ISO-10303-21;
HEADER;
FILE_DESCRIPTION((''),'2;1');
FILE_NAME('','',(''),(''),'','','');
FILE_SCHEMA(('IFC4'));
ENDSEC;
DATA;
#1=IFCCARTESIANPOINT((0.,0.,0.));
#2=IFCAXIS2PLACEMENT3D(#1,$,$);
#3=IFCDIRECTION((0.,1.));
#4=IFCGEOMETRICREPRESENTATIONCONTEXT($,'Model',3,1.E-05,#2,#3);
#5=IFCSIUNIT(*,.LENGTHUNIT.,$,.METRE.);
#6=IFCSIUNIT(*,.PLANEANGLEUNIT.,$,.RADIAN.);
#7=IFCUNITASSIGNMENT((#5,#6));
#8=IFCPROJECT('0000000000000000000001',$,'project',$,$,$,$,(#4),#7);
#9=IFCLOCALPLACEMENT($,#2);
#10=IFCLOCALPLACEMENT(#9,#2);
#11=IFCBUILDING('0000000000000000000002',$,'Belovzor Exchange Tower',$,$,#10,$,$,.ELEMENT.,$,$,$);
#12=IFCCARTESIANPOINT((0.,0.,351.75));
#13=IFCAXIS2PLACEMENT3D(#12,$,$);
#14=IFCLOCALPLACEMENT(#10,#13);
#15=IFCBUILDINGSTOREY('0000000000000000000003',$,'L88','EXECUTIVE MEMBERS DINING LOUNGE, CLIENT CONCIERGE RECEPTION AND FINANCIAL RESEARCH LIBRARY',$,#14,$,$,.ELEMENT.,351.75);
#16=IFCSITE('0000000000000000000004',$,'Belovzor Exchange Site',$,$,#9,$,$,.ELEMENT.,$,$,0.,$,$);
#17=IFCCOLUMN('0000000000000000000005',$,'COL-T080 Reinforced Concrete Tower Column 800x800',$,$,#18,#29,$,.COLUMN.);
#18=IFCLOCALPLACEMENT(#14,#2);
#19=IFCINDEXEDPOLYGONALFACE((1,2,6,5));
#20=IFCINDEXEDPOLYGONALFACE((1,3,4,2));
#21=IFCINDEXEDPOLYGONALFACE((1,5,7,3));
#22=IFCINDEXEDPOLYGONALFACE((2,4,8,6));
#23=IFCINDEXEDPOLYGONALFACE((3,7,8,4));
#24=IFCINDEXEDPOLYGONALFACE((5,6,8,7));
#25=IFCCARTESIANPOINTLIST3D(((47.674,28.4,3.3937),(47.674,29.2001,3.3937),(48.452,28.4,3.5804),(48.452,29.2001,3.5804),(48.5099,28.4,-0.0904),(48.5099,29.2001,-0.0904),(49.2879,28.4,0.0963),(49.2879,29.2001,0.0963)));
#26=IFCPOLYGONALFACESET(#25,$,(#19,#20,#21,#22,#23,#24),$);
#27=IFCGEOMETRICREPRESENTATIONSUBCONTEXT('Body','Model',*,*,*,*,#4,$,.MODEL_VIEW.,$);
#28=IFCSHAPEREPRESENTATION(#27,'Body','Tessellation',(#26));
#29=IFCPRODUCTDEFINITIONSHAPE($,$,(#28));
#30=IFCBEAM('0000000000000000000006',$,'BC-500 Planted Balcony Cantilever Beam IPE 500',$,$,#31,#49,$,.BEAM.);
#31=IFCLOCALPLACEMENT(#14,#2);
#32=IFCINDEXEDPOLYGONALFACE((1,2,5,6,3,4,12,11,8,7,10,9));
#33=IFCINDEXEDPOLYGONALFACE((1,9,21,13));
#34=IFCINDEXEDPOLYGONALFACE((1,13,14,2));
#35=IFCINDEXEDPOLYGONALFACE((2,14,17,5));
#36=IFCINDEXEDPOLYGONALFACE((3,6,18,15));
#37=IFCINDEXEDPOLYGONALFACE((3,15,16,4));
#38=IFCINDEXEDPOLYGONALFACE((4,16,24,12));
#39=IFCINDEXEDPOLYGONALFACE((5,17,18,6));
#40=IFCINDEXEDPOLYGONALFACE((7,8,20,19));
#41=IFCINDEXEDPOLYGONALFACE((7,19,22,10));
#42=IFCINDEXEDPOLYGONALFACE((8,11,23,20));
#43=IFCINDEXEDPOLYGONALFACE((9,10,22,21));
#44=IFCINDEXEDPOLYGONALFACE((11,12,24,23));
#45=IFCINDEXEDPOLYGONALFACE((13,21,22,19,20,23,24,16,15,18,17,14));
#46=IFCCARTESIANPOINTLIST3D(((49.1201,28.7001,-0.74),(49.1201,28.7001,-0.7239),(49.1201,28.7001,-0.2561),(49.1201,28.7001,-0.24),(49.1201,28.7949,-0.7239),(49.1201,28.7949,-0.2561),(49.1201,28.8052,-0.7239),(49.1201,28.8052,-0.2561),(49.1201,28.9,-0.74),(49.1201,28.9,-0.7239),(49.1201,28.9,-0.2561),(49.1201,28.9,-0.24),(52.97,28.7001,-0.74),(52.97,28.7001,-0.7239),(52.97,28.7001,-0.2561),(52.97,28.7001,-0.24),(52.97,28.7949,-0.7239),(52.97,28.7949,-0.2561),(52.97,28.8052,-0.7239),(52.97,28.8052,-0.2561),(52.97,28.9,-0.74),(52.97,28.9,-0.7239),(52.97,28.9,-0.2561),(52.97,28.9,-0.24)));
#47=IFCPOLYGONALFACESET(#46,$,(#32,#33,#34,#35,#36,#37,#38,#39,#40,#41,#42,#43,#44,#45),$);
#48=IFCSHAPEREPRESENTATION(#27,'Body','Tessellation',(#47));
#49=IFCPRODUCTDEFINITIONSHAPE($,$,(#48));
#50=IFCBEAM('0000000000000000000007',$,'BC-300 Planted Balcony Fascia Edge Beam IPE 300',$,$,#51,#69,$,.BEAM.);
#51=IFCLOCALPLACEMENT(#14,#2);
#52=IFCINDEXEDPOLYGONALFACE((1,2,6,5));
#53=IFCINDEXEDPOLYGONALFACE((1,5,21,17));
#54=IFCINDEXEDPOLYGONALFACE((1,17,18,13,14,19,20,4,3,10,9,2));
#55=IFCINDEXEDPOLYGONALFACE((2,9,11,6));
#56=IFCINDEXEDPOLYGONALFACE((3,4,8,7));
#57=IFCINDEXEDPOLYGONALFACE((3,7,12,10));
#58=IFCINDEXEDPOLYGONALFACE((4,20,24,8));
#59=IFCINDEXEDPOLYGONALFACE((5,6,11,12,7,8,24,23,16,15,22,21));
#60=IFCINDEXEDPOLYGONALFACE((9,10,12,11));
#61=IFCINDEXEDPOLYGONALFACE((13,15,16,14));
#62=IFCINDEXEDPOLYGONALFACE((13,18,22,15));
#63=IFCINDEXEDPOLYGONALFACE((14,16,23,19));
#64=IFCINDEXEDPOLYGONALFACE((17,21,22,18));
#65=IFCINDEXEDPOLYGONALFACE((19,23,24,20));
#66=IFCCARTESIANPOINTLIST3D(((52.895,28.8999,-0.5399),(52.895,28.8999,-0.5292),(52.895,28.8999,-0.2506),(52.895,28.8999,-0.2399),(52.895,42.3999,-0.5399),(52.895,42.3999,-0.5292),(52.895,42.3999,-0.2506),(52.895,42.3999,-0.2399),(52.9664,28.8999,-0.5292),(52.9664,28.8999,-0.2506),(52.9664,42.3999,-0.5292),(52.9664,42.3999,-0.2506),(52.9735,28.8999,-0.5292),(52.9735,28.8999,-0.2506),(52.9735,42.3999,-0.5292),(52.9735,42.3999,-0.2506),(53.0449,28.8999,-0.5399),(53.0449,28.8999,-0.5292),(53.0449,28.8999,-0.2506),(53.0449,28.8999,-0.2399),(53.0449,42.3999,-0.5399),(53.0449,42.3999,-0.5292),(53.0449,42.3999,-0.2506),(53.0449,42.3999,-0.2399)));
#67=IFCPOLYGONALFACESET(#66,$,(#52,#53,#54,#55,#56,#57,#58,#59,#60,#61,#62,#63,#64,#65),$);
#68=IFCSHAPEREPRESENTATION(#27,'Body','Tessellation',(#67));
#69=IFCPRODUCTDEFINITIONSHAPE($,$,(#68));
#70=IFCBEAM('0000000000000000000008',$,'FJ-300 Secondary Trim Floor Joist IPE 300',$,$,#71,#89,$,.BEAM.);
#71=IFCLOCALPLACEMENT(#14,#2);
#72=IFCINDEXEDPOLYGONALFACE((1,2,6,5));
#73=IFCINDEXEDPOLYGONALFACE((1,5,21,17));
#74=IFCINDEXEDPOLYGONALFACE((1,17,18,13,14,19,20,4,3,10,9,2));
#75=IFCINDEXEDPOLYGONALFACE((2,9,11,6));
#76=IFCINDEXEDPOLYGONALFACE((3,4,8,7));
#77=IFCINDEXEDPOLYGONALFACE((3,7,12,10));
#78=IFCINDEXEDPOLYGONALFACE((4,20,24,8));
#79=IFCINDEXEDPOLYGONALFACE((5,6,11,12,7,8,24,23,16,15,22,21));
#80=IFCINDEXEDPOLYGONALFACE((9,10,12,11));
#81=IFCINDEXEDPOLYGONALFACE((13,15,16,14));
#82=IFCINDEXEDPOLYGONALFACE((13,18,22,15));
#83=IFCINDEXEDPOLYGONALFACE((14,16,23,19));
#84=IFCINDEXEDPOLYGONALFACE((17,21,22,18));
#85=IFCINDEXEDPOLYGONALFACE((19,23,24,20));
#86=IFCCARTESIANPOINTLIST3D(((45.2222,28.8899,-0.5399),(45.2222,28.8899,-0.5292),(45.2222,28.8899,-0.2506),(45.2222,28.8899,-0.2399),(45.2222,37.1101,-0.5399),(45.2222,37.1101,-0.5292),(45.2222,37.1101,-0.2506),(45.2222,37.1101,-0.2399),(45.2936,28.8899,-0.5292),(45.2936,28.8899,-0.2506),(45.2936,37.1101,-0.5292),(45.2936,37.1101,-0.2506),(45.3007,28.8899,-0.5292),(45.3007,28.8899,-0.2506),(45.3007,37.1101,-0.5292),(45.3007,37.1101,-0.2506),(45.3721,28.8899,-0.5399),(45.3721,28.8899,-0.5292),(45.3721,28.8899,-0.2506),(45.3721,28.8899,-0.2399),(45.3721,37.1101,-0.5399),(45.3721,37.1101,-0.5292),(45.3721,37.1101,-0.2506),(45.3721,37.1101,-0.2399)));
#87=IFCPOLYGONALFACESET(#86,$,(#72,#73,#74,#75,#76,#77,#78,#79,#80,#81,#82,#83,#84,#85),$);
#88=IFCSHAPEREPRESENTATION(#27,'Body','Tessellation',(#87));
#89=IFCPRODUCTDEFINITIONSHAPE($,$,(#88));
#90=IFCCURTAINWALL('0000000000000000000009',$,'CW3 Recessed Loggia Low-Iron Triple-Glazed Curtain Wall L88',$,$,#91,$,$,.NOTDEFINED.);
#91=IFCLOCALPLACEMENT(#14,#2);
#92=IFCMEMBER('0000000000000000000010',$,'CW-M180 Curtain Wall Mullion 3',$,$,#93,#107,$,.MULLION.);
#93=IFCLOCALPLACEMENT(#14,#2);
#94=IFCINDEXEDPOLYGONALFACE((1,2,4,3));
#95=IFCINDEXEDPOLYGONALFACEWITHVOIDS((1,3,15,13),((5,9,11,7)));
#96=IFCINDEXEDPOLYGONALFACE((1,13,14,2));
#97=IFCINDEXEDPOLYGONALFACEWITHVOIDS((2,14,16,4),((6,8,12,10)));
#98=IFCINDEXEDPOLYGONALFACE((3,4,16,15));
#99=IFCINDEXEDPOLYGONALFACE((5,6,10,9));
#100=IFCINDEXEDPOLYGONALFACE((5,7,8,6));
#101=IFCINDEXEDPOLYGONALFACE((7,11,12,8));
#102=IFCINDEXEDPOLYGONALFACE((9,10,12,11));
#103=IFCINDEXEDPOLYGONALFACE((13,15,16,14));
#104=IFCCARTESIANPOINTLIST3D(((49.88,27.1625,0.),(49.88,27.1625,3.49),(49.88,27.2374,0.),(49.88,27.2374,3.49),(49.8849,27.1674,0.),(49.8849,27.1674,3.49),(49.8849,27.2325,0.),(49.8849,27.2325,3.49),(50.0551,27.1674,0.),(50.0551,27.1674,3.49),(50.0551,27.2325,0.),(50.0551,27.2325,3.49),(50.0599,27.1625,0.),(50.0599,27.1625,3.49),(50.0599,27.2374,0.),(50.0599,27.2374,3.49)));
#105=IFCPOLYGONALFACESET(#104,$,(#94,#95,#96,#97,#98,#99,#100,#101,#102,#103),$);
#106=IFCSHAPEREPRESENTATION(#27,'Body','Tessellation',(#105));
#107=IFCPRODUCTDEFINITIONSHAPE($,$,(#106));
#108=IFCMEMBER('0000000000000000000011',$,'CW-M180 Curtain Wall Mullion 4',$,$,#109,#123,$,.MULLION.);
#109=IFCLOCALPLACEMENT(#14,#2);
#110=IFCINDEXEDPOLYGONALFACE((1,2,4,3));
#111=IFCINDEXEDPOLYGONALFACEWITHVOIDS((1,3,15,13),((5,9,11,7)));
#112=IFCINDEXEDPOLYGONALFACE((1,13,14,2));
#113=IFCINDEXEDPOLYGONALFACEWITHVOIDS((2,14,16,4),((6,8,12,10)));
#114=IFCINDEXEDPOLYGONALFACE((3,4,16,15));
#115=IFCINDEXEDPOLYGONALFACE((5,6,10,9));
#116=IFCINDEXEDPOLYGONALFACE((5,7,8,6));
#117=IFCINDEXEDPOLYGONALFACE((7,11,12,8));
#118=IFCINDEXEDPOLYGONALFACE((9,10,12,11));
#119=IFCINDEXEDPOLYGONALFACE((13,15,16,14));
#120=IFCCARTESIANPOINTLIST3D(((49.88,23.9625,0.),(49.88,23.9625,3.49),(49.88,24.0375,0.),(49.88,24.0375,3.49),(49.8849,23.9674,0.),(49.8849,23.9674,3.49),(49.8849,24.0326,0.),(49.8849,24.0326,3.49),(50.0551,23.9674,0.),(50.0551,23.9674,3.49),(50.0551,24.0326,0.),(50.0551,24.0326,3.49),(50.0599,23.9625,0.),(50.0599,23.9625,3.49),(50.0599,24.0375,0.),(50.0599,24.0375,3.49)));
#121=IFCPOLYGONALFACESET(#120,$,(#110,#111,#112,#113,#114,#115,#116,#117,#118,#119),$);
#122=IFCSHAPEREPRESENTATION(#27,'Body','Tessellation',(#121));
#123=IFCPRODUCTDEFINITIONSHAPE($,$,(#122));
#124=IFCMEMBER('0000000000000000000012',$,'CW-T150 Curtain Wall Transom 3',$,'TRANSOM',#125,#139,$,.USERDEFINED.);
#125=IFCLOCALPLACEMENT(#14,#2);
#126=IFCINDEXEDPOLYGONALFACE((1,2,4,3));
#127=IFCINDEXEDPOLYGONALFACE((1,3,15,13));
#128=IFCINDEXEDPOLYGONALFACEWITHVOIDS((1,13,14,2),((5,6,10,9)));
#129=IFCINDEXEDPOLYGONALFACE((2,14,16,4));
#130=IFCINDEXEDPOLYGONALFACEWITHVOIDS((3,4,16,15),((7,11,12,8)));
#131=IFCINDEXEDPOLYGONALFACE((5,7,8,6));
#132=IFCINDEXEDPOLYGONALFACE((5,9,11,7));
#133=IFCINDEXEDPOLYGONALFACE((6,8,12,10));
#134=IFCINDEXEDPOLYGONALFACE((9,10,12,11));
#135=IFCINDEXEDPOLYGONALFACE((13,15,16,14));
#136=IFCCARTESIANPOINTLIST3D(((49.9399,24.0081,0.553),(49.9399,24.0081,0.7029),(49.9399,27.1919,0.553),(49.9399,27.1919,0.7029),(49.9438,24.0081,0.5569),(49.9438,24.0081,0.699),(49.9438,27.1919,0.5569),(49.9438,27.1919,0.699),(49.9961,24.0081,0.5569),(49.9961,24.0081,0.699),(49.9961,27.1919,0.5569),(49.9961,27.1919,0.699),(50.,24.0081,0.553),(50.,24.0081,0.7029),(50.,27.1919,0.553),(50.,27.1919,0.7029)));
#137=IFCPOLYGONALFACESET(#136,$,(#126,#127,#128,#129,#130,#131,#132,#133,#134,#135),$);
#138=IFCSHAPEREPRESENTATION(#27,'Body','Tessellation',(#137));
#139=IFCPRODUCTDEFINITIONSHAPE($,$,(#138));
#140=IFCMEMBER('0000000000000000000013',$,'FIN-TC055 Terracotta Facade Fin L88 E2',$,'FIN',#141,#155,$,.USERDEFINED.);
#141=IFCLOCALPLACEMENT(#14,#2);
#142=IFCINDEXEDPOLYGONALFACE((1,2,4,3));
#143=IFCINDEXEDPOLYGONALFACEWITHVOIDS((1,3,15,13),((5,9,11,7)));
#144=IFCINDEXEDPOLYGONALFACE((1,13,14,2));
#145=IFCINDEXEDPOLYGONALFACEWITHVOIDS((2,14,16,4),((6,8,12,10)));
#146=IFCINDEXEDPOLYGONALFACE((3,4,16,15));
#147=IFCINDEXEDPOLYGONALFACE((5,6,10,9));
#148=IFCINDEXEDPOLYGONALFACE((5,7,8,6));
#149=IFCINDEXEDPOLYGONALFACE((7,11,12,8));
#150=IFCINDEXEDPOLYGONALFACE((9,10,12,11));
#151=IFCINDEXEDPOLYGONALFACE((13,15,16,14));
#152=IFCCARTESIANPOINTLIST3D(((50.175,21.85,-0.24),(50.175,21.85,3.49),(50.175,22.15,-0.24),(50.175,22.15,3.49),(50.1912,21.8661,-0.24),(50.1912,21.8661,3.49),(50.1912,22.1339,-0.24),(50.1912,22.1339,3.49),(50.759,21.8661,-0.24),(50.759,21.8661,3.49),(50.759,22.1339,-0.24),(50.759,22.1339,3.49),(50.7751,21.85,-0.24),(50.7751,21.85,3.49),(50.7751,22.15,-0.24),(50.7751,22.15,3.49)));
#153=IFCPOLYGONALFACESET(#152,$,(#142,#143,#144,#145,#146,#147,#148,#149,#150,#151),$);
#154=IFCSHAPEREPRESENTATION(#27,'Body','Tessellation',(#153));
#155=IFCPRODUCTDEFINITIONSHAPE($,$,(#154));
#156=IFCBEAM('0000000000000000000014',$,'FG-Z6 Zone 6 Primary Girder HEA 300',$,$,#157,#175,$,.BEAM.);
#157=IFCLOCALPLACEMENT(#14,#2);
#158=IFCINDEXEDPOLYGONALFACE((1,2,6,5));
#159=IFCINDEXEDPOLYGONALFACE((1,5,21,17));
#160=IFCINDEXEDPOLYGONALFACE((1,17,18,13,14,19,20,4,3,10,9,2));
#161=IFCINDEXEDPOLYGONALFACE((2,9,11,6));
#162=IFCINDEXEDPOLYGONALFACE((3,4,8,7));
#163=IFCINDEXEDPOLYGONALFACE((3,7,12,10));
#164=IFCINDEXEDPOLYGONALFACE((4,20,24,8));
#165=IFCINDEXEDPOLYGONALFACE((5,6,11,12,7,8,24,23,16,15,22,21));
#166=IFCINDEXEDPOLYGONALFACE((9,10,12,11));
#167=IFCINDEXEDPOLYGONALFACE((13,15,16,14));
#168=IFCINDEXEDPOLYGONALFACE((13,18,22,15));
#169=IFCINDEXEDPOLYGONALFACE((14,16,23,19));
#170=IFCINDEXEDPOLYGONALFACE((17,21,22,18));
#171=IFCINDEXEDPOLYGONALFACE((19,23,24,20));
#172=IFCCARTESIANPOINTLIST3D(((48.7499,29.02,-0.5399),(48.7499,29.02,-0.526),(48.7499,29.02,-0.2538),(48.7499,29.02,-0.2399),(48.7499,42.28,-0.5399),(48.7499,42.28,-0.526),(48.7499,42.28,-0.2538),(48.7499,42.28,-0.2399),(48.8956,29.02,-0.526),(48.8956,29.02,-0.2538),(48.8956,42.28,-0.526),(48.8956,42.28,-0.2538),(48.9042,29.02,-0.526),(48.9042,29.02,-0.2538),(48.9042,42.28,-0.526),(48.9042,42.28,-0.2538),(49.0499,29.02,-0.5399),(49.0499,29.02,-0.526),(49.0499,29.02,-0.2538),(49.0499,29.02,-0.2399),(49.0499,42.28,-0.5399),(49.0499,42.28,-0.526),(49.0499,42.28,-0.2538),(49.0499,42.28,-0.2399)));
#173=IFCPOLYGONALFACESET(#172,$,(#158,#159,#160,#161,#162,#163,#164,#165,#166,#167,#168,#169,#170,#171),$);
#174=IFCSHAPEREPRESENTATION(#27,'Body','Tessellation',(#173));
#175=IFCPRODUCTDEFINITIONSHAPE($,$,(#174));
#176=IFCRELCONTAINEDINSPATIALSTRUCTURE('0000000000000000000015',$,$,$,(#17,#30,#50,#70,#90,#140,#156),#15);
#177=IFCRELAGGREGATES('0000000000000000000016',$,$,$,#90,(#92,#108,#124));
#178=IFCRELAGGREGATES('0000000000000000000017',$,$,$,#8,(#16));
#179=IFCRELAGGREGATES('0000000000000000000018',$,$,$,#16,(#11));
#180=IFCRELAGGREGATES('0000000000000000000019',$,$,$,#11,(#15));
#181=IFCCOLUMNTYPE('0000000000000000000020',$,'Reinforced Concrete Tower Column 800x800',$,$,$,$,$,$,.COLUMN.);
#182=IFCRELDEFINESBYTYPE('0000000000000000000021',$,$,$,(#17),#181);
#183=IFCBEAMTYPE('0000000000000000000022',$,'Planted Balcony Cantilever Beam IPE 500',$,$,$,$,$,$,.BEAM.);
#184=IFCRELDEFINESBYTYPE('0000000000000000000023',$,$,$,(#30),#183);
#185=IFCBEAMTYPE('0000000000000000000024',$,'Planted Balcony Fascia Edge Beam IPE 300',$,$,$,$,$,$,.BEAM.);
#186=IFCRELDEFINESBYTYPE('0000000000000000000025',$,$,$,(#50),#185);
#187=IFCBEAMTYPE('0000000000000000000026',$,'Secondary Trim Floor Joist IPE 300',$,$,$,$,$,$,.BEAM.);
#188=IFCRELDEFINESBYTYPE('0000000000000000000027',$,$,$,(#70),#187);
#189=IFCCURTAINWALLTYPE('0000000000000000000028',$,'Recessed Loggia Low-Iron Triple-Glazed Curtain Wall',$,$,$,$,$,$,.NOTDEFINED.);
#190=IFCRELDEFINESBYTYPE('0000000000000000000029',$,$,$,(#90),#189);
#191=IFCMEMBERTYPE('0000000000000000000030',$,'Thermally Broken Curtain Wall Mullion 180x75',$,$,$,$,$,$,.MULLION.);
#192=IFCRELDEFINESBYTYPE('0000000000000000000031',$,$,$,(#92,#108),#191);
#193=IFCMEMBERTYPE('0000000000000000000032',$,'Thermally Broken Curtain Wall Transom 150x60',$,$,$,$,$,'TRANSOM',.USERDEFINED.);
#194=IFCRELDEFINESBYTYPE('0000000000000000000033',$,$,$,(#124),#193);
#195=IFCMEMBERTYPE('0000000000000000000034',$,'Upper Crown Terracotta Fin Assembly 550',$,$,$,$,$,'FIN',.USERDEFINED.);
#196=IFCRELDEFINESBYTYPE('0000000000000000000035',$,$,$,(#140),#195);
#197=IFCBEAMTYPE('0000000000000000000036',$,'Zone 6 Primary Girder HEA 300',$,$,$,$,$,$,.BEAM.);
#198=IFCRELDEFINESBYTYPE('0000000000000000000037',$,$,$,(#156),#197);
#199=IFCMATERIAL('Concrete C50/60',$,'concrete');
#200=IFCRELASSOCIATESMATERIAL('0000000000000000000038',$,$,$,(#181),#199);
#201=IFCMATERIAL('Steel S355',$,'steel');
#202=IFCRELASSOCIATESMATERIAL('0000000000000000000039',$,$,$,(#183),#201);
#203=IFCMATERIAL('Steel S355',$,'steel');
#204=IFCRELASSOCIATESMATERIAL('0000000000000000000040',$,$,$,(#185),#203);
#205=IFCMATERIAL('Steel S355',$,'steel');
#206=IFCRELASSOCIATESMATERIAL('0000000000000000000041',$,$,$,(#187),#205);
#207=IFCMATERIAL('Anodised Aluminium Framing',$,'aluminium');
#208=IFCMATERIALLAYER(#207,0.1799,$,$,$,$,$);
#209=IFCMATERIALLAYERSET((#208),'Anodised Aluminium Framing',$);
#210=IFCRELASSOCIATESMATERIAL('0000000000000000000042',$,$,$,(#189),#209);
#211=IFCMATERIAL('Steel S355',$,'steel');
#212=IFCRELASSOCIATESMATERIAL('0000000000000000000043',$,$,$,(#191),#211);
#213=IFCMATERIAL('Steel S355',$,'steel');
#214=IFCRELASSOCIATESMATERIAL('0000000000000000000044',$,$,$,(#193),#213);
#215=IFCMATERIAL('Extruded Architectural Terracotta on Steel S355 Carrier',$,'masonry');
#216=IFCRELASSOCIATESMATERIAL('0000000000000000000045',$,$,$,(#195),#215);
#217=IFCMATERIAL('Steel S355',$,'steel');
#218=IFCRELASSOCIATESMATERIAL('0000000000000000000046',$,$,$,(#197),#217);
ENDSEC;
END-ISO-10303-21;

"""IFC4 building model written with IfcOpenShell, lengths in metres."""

from ifc_helpers import new_model, si_unit, direction, frame, origin, origin_2d, place, context, subcontext, project, spatial, rectangle, hollow_rectangle, i_section, extrude, material, layer, layer_set, material_profile, profile_set, type_object, element, aggregate, save


model = new_model("IFC4")

# Units and contexts
model_context = context("Model", 3, precision=1e-05, world=origin(), true_north=direction((0.0, 1.0)))
body_context = subcontext(model_context, "Body", "Model", "MODEL_VIEW")
ifc_project = project(units=[si_unit("LENGTHUNIT", "METRE"), si_unit("PLANEANGLEUNIT", "RADIAN")], contexts=[model_context])

# Site, building, storey
site_placement = place(None, origin())
site = spatial("IfcSite", under=ifc_project, at=site_placement, Name="Belovzor Exchange Site", CompositionType="ELEMENT", RefElevation=0.0)
building_placement = place(site_placement, origin())
building = spatial("IfcBuilding", under=site, at=building_placement, Name="Belovzor Exchange Tower", CompositionType="ELEMENT")
storey_placement = place(building_placement, frame((0.0, 0.0, 351.75)))
storey = spatial("IfcBuildingStorey", under=building, at=storey_placement, Name="L88", Description="EXECUTIVE MEMBERS DINING LOUNGE, CLIENT CONCIERGE RECEPTION AND FINANCIAL RESEARCH LIBRARY", CompositionType="ELEMENT", Elevation=351.75)

# Column
ifc_material_1 = material(Name="Concrete C50/60", Category="concrete")
ifc_material_profile_1 = material_profile(ifc_material_1, rectangle(XDim=0.8, YDim=0.8, at=origin_2d()))
ifc_profile_set_1 = profile_set([ifc_material_profile_1], Name="Concrete C50/60")
column_type = type_object("IfcColumnType", Name="Reinforced Concrete Tower Column 800x800", PredefinedType="COLUMN", material=ifc_profile_set_1)
column_placement = place(storey_placement, frame((48.8989, 28.8, 0.0029), z_axis=(-0.233306, 0.0, 0.972403), x_axis=(0.0, -1.0, 0.0)))
element("IfcColumn", 1, at=column_placement, inside=storey, type_object=column_type, Name="COL-T080 Reinforced Concrete Tower Column 800x800", PredefinedType="COLUMN", context=body_context, shape_type="SweptSolid", body=[
    extrude(rectangle(XDim=0.8, YDim=0.8, at=origin_2d()), origin(), (0.0, 0.0, 1.0), 3.583),
])

# Beams
ifc_material_2 = material(Name="Steel S355", Category="steel")
ifc_material_profile_2 = material_profile(ifc_material_2, i_section(OverallWidth=0.2, OverallDepth=0.5, WebThickness=0.0103, FlangeThickness=0.0161, at=origin_2d()))
ifc_profile_set_2 = profile_set([ifc_material_profile_2], Name="Steel S355")
beam_type_1 = type_object("IfcBeamType", Name="Planted Balcony Cantilever Beam IPE 500", PredefinedType="BEAM", material=ifc_profile_set_2)
beam_1_placement = place(storey_placement, frame((49.1201, 28.8, -0.49), z_axis=(1.0, 0.0, 0.0), x_axis=(0.0, 1.0, 0.0)))
element("IfcBeam", 2, at=beam_1_placement, inside=storey, type_object=beam_type_1, Name="BC-500 Planted Balcony Cantilever Beam IPE 500", PredefinedType="BEAM", context=body_context, shape_type="SweptSolid", body=[
    extrude(i_section(OverallWidth=0.2, OverallDepth=0.5, WebThickness=0.0103, FlangeThickness=0.0161, at=origin_2d()), origin(), (0.0, 0.0, 1.0), 3.8499),
])
ifc_material_3 = material(Name="Steel S355", Category="steel")
ifc_material_profile_3 = material_profile(ifc_material_3, i_section(OverallWidth=0.1499, OverallDepth=0.3, WebThickness=0.0071, FlangeThickness=0.0107, at=origin_2d()))
ifc_profile_set_3 = profile_set([ifc_material_profile_3], Name="Steel S355")
beam_type_2 = type_object("IfcBeamType", Name="Planted Balcony Fascia Edge Beam IPE 300", PredefinedType="BEAM", material=ifc_profile_set_3)
beam_2_placement = place(storey_placement, frame((52.97, 28.8999, -0.3899), z_axis=(0.0, 1.0, 0.0), x_axis=(-1.0, 0.0, 0.0)))
element("IfcBeam", 3, at=beam_2_placement, inside=storey, type_object=beam_type_2, Name="BC-300 Planted Balcony Fascia Edge Beam IPE 300", PredefinedType="BEAM", context=body_context, shape_type="SweptSolid", body=[
    extrude(i_section(OverallWidth=0.1499, OverallDepth=0.3, WebThickness=0.0071, FlangeThickness=0.0107, at=origin_2d()), origin(), (0.0, 0.0, 1.0), 13.5),
])
ifc_material_4 = material(Name="Steel S355", Category="steel")
ifc_material_profile_4 = material_profile(ifc_material_4, i_section(OverallWidth=0.1499, OverallDepth=0.3, WebThickness=0.0071, FlangeThickness=0.0107, at=origin_2d()))
ifc_profile_set_4 = profile_set([ifc_material_profile_4], Name="Steel S355")
beam_type_3 = type_object("IfcBeamType", Name="Secondary Trim Floor Joist IPE 300", PredefinedType="BEAM", material=ifc_profile_set_4)
beam_3_placement = place(storey_placement, frame((45.2971, 28.8899, -0.3899), z_axis=(0.0, 1.0, 0.0), x_axis=(-1.0, 0.0, 0.0)))
element("IfcBeam", 4, at=beam_3_placement, inside=storey, type_object=beam_type_3, Name="FJ-300 Secondary Trim Floor Joist IPE 300", PredefinedType="BEAM", context=body_context, shape_type="SweptSolid", body=[
    extrude(i_section(OverallWidth=0.1499, OverallDepth=0.3, WebThickness=0.0071, FlangeThickness=0.0107, at=origin_2d()), origin(), (0.0, 0.0, 1.0), 8.2202),
])

# Curtain wall, members
ifc_material_5 = material(Name="Anodised Aluminium Framing", Category="aluminium")
ifc_layer_1 = layer(ifc_material_5, 0.1799)
ifc_layer_set_1 = layer_set([ifc_layer_1], Name="Anodised Aluminium Framing")
curtain_wall_type = type_object("IfcCurtainWallType", Name="Recessed Loggia Low-Iron Triple-Glazed Curtain Wall", PredefinedType="NOTDEFINED", material=ifc_layer_set_1)
curtain_wall_placement = place(storey_placement, origin())
curtain_wall = element("IfcCurtainWall", 5, at=curtain_wall_placement, inside=storey, type_object=curtain_wall_type, Name="CW3 Recessed Loggia Low-Iron Triple-Glazed Curtain Wall L88", PredefinedType="NOTDEFINED")
ifc_material_6 = material(Name="Steel S355", Category="steel")
ifc_material_profile_5 = material_profile(ifc_material_6, hollow_rectangle(XDim=0.075, YDim=0.1799, WallThickness=0.0049, at=origin_2d()))
ifc_profile_set_5 = profile_set([ifc_material_profile_5], Name="Steel S355")
member_type_1 = type_object("IfcMemberType", Name="Thermally Broken Curtain Wall Mullion 180x75", PredefinedType="MULLION", material=ifc_profile_set_5)
member_1_placement = place(storey_placement, frame((49.97, 27.2, 0.0), z_axis=(0.0, 0.0, 1.0), x_axis=(0.0, -1.0, 0.0)))
member_1 = element("IfcMember", 6, at=member_1_placement, type_object=member_type_1, Name="CW-M180 Curtain Wall Mullion 3", PredefinedType="MULLION", context=body_context, shape_type="SweptSolid", body=[
    extrude(hollow_rectangle(XDim=0.075, YDim=0.1799, WallThickness=0.0049, at=origin_2d()), origin(), (0.0, 0.0, 1.0), 3.49),
])
member_2_placement = place(storey_placement, frame((49.97, 24.0, 0.0), z_axis=(0.0, 0.0, 1.0), x_axis=(0.0, -1.0, 0.0)))
member_2 = element("IfcMember", 7, at=member_2_placement, type_object=member_type_1, Name="CW-M180 Curtain Wall Mullion 4", PredefinedType="MULLION", context=body_context, shape_type="SweptSolid", body=[
    extrude(hollow_rectangle(XDim=0.075, YDim=0.1799, WallThickness=0.0049, at=origin_2d()), origin(), (0.0, 0.0, 1.0), 3.49),
])
ifc_material_7 = material(Name="Steel S355", Category="steel")
ifc_material_profile_6 = material_profile(ifc_material_7, hollow_rectangle(XDim=0.0601, YDim=0.1499, WallThickness=0.0039, at=origin_2d()))
ifc_profile_set_6 = profile_set([ifc_material_profile_6], Name="Steel S355")
member_type_2 = type_object("IfcMemberType", Name="Thermally Broken Curtain Wall Transom 150x60", ElementType="TRANSOM", PredefinedType="USERDEFINED", material=ifc_profile_set_6)
member_3_placement = place(storey_placement, frame((49.97, 27.1919, 0.6279), z_axis=(0.0, -1.0, 0.0), x_axis=(1.0, 0.0, 0.0)))
member_3 = element("IfcMember", 8, at=member_3_placement, type_object=member_type_2, Name="CW-T150 Curtain Wall Transom 3", ObjectType="TRANSOM", PredefinedType="USERDEFINED", context=body_context, shape_type="SweptSolid", body=[
    extrude(hollow_rectangle(XDim=0.0601, YDim=0.1499, WallThickness=0.0039, at=origin_2d()), origin(), (0.0, 0.0, 1.0), 3.1838),
])

# Member
ifc_material_8 = material(Name="Extruded Architectural Terracotta on Steel S355 Carrier", Category="masonry")
ifc_material_profile_7 = material_profile(ifc_material_8, hollow_rectangle(XDim=0.3, YDim=0.6001, WallThickness=0.0161, at=origin_2d()))
ifc_profile_set_7 = profile_set([ifc_material_profile_7], Name="Extruded Architectural Terracotta on Steel S355 Carrier")
member_type_3 = type_object("IfcMemberType", Name="Upper Crown Terracotta Fin Assembly 550", ElementType="FIN", PredefinedType="USERDEFINED", material=ifc_profile_set_7)
member_4_placement = place(storey_placement, frame((50.4751, 22.0, -0.24), z_axis=(0.0, 0.0, 1.0), x_axis=(0.0, 1.0, 0.0)))
element("IfcMember", 9, at=member_4_placement, inside=storey, type_object=member_type_3, Name="FIN-TC055 Terracotta Facade Fin L88 E2", ObjectType="FIN", PredefinedType="USERDEFINED", context=body_context, shape_type="SweptSolid", body=[
    extrude(hollow_rectangle(XDim=0.3, YDim=0.6001, WallThickness=0.0161, at=origin_2d()), origin(), (0.0, 0.0, 1.0), 3.73),
])

# Beam
ifc_material_9 = material(Name="Steel S355", Category="steel")
ifc_material_profile_8 = material_profile(ifc_material_9, i_section(OverallWidth=0.3, OverallDepth=0.3, WebThickness=0.0085, FlangeThickness=0.0139, at=origin_2d()))
ifc_profile_set_8 = profile_set([ifc_material_profile_8], Name="Steel S355")
beam_type_4 = type_object("IfcBeamType", Name="Zone 6 Primary Girder HEA 300", PredefinedType="BEAM", material=ifc_profile_set_8)
beam_4_placement = place(storey_placement, frame((48.8999, 29.02, -0.3899), z_axis=(0.0, 1.0, 0.0), x_axis=(-1.0, 0.0, 0.0)))
element("IfcBeam", 10, at=beam_4_placement, inside=storey, type_object=beam_type_4, Name="FG-Z6 Zone 6 Primary Girder HEA 300", PredefinedType="BEAM", context=body_context, shape_type="SweptSolid", body=[
    extrude(i_section(OverallWidth=0.3, OverallDepth=0.3, WebThickness=0.0085, FlangeThickness=0.0139, at=origin_2d()), origin(), (0.0, 0.0, 1.0), 13.26),
])

aggregate(curtain_wall, [member_1, member_2, member_3])

save(model, "model.ifc")
